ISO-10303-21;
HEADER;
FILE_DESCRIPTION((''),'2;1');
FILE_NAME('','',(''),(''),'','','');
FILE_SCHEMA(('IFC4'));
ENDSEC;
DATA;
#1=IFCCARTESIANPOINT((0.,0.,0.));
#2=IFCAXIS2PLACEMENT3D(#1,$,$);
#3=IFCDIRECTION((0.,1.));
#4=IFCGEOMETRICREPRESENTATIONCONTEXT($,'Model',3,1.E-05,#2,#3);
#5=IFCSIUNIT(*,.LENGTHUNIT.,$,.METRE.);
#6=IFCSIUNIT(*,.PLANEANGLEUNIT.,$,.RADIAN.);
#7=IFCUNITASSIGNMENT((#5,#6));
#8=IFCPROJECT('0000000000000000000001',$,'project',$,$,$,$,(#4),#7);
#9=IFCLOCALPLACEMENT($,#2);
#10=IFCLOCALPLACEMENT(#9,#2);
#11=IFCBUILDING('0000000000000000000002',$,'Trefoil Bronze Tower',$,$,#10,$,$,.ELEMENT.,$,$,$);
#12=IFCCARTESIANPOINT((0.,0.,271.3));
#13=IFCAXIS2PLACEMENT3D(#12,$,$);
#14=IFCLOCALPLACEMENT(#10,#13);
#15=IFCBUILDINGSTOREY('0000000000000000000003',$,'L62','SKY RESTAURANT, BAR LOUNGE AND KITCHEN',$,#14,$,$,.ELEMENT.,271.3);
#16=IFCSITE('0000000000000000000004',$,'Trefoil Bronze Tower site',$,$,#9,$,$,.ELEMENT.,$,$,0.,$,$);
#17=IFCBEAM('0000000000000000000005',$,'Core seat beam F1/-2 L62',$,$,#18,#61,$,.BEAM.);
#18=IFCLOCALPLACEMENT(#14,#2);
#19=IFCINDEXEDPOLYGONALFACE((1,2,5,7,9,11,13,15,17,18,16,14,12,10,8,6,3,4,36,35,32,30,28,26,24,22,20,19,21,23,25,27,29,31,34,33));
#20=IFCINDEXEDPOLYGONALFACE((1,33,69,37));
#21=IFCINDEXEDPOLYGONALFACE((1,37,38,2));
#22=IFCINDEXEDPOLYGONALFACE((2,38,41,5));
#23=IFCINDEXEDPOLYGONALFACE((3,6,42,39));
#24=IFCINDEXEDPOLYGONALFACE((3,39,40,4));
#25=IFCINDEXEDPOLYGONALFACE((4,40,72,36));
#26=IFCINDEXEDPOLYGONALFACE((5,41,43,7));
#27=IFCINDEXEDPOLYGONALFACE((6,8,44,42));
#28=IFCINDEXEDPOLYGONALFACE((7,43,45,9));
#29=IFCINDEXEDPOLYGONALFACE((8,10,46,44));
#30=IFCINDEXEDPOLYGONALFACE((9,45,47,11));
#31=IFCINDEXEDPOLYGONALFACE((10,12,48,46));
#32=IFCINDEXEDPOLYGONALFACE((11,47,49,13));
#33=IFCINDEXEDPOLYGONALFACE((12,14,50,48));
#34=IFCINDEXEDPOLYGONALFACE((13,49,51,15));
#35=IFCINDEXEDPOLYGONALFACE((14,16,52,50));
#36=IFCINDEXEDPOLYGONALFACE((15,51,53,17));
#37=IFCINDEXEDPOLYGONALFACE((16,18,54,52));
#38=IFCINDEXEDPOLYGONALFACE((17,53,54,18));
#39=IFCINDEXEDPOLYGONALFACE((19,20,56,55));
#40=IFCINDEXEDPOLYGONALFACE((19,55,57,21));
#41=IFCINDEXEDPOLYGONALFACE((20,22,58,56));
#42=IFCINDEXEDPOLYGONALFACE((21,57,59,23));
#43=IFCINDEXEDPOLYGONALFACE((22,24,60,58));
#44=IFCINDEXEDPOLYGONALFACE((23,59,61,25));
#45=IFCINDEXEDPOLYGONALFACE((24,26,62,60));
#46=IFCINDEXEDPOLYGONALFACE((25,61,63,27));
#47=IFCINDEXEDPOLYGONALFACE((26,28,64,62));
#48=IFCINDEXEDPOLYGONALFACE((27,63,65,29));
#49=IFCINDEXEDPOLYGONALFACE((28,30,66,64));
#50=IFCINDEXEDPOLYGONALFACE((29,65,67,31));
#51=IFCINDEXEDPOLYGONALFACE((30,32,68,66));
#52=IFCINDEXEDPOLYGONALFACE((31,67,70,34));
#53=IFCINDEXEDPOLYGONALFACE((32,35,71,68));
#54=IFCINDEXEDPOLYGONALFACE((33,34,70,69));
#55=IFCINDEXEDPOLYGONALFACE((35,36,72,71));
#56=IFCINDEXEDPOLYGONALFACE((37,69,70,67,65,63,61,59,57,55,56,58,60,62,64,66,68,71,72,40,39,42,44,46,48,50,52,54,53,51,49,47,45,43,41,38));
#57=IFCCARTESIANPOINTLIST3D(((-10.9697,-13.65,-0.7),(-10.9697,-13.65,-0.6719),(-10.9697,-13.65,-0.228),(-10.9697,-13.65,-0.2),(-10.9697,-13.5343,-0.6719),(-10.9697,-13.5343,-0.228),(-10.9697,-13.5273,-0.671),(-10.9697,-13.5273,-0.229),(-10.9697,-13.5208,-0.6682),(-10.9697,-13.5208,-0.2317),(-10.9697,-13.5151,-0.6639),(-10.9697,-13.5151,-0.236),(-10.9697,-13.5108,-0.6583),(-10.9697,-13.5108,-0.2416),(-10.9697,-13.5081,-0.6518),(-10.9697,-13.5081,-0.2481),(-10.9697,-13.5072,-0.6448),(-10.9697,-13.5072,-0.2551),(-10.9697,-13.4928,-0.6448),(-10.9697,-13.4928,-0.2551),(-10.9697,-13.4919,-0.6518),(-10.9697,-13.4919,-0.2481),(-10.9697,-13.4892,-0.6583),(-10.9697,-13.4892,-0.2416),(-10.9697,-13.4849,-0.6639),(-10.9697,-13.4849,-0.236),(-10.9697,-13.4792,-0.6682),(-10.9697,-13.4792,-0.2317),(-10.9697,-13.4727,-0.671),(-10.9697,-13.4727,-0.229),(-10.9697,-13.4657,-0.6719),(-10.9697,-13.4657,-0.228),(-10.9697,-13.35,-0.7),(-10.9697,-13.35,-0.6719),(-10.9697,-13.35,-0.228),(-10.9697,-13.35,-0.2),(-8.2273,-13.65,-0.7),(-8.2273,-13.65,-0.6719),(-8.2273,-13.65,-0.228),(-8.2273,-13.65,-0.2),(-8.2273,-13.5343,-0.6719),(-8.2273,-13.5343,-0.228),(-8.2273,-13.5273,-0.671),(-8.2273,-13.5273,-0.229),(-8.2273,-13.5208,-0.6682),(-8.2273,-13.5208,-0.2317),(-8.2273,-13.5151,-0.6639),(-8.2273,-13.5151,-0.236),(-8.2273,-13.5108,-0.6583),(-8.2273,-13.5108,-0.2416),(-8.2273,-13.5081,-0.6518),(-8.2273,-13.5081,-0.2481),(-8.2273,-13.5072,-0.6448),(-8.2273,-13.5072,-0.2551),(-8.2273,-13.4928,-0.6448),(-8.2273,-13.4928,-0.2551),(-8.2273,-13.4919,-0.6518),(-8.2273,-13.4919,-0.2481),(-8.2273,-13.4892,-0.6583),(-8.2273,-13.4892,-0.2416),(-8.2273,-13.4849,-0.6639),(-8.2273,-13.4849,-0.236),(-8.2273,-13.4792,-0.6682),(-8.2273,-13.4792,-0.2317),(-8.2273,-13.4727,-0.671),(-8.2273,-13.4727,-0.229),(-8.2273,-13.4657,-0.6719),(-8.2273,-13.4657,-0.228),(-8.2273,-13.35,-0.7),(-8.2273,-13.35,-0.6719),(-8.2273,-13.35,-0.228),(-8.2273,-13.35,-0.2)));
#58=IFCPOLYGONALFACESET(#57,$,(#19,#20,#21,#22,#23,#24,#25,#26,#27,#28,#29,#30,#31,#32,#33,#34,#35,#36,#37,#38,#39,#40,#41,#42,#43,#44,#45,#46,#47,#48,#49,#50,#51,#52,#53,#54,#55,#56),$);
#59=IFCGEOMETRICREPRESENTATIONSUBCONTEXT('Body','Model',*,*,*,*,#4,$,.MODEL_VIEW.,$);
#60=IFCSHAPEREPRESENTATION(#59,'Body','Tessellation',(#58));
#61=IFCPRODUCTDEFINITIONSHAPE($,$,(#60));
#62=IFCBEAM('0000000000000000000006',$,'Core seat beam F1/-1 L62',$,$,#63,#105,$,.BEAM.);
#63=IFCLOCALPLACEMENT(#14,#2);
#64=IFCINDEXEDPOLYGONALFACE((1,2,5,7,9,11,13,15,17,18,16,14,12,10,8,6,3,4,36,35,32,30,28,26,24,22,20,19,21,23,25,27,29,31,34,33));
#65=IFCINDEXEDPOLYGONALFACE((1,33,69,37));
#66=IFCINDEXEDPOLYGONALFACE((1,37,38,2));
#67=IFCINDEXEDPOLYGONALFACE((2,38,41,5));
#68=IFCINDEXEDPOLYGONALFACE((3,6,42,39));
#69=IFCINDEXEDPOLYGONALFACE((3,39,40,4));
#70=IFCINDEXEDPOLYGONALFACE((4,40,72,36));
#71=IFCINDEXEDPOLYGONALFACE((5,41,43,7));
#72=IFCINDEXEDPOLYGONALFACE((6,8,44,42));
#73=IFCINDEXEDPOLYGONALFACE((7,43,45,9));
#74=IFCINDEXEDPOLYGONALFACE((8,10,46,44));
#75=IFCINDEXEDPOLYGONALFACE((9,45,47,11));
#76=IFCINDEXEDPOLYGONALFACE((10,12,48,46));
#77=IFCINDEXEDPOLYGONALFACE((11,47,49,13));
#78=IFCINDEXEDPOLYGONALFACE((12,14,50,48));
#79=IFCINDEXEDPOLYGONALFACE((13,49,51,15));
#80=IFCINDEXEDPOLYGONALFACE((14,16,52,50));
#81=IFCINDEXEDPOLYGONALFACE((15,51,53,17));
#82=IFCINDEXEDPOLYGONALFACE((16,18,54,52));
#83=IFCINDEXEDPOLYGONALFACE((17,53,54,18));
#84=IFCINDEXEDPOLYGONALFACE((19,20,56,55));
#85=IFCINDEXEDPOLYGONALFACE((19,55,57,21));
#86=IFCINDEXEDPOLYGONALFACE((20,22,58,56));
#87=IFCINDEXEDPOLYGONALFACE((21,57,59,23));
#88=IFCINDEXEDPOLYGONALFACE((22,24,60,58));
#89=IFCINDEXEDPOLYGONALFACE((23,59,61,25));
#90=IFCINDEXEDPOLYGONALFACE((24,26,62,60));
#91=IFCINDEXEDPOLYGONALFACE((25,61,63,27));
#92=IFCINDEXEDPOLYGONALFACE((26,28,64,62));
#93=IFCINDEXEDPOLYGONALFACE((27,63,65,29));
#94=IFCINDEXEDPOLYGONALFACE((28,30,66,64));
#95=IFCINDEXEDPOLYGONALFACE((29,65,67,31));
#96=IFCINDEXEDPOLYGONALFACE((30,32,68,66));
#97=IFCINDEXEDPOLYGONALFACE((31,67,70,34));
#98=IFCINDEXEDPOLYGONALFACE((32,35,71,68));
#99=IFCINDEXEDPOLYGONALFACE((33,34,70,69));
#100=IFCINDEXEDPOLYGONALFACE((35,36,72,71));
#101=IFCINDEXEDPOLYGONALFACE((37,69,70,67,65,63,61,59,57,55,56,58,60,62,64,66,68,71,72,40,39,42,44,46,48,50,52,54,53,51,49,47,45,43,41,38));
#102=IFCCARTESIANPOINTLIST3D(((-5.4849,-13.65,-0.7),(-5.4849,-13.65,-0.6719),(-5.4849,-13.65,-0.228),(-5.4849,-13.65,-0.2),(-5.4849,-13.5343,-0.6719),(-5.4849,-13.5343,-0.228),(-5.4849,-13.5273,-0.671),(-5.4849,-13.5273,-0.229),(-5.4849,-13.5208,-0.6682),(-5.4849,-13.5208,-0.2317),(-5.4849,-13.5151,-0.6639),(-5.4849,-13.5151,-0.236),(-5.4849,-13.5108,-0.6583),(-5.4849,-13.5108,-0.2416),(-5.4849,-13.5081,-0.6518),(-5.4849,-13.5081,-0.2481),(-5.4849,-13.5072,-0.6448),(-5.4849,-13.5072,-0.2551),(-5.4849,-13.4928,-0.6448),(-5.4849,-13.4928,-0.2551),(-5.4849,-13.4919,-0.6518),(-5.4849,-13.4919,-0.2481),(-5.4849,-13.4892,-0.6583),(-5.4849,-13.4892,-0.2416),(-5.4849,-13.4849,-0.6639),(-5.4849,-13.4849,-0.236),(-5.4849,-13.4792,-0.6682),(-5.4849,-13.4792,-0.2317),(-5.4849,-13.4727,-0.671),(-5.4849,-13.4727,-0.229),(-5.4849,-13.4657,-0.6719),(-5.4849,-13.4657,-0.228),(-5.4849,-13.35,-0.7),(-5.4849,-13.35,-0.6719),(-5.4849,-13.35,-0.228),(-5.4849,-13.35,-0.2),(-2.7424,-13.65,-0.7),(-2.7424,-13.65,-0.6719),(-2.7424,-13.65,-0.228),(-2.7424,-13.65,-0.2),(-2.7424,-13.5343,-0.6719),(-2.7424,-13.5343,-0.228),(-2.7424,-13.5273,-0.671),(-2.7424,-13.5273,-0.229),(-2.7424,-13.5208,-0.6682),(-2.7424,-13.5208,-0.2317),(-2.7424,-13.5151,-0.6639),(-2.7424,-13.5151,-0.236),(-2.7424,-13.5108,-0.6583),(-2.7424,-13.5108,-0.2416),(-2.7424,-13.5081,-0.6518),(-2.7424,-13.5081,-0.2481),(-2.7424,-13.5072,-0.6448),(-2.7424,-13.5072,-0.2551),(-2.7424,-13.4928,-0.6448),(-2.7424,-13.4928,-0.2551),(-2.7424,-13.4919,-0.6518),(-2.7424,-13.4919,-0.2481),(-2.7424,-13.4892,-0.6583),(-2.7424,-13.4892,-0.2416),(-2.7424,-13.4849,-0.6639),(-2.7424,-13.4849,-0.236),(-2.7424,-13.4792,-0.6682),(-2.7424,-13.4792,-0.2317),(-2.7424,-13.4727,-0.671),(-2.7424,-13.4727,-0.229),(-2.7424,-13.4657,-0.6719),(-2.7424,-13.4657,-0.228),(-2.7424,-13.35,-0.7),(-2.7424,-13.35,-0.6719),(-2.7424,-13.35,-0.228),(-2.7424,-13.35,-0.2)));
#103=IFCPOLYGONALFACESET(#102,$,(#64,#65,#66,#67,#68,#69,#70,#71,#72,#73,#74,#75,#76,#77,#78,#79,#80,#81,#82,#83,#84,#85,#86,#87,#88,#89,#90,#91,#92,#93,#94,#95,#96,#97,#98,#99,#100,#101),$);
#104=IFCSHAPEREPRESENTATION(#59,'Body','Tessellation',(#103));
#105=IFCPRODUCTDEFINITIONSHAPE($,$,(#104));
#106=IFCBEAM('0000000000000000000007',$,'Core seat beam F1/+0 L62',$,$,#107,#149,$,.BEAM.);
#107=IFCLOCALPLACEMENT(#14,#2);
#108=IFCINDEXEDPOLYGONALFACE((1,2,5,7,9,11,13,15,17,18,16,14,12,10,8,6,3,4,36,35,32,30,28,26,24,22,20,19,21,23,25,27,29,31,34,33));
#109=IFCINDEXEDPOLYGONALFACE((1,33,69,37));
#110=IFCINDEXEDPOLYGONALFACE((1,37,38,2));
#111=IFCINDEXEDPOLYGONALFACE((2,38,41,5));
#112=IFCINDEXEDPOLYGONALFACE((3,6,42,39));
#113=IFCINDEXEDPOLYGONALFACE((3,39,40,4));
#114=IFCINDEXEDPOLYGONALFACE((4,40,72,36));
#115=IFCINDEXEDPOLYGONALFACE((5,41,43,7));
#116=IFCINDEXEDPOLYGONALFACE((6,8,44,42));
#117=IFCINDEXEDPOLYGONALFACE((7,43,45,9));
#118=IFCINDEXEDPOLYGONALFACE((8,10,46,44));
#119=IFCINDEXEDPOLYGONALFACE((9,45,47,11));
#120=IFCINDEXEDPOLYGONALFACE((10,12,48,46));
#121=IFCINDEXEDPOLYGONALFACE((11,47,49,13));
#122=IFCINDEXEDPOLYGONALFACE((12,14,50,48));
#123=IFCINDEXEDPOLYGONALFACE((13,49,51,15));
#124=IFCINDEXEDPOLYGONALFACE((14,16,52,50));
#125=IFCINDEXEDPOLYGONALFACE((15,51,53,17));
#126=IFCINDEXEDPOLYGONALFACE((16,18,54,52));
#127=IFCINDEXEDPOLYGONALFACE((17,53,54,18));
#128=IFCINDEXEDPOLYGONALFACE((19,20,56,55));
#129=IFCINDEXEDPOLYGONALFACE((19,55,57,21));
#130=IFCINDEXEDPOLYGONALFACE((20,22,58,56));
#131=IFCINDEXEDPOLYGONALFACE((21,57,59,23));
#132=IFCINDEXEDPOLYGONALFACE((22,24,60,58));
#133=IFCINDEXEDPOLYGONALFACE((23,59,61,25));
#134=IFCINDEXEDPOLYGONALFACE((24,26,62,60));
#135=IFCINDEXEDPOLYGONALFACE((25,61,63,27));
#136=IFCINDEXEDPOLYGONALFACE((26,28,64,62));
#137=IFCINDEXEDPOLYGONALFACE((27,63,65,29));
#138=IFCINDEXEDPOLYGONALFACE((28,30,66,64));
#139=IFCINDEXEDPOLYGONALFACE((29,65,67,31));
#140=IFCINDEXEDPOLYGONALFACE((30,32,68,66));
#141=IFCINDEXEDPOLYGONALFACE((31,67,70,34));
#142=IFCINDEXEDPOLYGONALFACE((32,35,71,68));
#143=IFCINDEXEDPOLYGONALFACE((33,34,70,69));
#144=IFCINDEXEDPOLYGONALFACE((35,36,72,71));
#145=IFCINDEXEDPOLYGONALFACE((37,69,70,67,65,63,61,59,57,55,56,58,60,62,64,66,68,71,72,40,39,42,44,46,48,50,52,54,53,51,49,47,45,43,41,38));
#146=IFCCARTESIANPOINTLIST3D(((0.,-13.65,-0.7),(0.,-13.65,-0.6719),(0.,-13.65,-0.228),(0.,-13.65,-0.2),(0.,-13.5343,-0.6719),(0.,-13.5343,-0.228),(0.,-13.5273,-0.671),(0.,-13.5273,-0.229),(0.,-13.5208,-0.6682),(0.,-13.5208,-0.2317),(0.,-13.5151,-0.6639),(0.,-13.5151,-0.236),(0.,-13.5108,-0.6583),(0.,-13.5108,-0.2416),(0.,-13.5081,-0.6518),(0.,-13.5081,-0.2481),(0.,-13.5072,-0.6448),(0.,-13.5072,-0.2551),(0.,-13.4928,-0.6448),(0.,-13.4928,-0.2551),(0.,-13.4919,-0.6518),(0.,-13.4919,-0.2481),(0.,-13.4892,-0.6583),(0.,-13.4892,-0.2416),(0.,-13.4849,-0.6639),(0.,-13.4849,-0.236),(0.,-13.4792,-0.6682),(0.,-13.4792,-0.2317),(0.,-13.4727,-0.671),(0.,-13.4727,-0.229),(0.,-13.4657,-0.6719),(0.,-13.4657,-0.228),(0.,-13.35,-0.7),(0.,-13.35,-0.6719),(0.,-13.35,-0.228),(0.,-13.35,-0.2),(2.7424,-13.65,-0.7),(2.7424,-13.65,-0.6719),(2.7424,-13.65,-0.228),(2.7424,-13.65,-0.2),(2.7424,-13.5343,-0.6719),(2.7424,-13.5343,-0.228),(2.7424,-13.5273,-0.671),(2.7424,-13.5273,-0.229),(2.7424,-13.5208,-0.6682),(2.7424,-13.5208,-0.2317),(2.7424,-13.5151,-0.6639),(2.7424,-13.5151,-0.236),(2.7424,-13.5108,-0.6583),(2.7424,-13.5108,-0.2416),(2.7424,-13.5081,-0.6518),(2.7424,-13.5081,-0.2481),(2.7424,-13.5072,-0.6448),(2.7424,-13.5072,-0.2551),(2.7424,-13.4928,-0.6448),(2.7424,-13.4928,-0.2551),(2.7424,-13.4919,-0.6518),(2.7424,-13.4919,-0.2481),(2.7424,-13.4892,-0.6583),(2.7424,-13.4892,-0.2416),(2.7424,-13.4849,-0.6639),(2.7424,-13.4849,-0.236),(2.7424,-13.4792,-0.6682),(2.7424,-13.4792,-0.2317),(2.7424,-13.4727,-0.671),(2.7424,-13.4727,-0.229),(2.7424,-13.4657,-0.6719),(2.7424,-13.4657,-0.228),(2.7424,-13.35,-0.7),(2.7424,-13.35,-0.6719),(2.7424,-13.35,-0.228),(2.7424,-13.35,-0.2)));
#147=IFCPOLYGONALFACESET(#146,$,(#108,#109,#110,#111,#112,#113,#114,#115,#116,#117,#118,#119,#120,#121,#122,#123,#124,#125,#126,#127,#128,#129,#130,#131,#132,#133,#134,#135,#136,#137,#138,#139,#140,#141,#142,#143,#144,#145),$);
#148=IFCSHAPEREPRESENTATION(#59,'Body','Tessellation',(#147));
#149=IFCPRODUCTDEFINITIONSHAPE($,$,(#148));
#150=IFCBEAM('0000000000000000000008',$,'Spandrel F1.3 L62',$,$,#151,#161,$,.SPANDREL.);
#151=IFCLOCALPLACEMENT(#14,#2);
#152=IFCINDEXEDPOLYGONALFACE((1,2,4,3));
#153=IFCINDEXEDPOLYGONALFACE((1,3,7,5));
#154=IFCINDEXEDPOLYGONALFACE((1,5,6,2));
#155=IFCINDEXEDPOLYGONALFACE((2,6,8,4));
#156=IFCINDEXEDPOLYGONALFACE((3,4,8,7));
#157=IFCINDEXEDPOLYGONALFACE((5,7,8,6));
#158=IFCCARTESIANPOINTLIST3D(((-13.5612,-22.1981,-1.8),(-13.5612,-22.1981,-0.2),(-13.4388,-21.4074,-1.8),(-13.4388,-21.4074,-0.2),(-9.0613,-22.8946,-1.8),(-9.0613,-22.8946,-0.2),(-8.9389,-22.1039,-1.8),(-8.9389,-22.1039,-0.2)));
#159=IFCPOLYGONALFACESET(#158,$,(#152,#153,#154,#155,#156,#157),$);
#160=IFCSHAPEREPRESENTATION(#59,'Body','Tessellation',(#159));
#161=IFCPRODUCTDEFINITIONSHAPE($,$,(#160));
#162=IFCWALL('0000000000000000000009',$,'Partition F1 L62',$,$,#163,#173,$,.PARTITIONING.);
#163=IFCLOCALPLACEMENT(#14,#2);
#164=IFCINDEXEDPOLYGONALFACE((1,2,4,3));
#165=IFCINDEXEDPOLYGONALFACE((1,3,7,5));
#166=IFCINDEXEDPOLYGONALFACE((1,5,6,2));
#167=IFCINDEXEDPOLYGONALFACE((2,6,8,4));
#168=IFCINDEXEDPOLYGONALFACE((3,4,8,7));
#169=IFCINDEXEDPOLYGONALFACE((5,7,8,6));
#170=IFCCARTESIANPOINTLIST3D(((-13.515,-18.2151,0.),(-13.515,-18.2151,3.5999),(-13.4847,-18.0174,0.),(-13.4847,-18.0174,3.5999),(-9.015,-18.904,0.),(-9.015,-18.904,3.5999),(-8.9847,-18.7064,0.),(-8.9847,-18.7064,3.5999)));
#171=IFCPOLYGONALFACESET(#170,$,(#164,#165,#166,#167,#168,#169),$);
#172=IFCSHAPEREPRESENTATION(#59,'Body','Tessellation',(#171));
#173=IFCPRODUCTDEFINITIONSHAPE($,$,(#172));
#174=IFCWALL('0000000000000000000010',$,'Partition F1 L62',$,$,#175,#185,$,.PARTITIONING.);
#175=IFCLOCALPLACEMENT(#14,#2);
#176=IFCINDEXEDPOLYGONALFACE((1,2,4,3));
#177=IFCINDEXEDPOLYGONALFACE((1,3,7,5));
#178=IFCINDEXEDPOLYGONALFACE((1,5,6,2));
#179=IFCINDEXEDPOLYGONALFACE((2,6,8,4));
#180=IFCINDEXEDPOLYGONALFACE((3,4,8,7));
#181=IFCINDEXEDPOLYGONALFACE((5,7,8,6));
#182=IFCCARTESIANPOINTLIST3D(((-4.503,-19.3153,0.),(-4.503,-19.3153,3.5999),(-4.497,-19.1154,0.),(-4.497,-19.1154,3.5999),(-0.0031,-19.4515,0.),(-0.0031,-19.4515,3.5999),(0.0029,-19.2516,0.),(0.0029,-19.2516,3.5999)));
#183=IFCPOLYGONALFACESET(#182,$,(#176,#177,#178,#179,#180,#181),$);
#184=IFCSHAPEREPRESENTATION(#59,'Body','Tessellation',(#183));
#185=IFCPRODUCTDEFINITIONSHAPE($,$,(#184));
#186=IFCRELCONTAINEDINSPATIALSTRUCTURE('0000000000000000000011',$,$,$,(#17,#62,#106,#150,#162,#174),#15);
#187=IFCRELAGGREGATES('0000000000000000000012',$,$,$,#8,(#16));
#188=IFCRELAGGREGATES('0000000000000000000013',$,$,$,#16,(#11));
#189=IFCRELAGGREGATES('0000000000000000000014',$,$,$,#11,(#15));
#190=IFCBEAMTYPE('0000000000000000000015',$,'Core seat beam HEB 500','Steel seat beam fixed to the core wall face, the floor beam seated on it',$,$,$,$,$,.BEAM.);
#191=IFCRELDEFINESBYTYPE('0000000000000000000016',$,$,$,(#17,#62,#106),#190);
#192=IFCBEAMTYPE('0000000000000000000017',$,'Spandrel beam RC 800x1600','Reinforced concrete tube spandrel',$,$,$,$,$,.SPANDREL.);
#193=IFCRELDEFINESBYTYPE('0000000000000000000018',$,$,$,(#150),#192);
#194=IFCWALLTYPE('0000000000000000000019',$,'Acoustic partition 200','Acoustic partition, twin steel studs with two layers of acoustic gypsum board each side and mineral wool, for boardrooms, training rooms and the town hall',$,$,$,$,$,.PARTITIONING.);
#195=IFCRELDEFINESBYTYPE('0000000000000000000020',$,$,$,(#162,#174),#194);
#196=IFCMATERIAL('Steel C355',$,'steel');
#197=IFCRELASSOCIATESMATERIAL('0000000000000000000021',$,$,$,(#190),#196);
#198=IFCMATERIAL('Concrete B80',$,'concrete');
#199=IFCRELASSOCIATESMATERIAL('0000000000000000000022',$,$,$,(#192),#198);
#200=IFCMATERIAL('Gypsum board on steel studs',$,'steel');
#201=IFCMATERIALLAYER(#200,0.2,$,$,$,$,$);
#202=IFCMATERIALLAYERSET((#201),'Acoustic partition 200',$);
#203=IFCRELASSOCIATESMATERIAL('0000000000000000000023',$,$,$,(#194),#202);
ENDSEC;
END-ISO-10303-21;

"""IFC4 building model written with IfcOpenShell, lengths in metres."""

from ifc_helpers import new_model, si_unit, direction, frame, frame_2d, origin, origin_2d, place, context, subcontext, project, spatial, rectangle, i_section, extrude, material, layer, layer_set, material_profile, profile_set, type_object, element, save


model = new_model("IFC4")

# Units and contexts
model_context = context("Model", 3, precision=1e-05, world=origin(), true_north=direction((0.0, 1.0)))
body_context = subcontext(model_context, "Body", "Model", "MODEL_VIEW")
ifc_project = project(units=[si_unit("LENGTHUNIT", "METRE"), si_unit("PLANEANGLEUNIT", "RADIAN")], contexts=[model_context])

# Site, building, storey
site_placement = place(None, origin())
site = spatial("IfcSite", under=ifc_project, at=site_placement, Name="Trefoil Bronze Tower site", CompositionType="ELEMENT", RefElevation=0.0)
building_placement = place(site_placement, origin())
building = spatial("IfcBuilding", under=site, at=building_placement, Name="Trefoil Bronze Tower", CompositionType="ELEMENT")
storey_placement = place(building_placement, frame((0.0, 0.0, 271.3)))
storey = spatial("IfcBuildingStorey", under=building, at=storey_placement, Name="L62", Description="SKY RESTAURANT, BAR LOUNGE AND KITCHEN", CompositionType="ELEMENT", Elevation=271.3)

# Beams
ifc_material_1 = material(Name="Steel C355", Category="steel")
ifc_material_profile_1 = material_profile(ifc_material_1, i_section(OverallWidth=0.3, OverallDepth=0.5, WebThickness=0.0144, FlangeThickness=0.0281, FilletRadius=0.0271, at=origin_2d()), Name="HEB 500")
ifc_profile_set_1 = profile_set([ifc_material_profile_1], Name="Steel C355")
beam_type_1 = type_object("IfcBeamType", Name="Core seat beam HEB 500", Description="Steel seat beam fixed to the core wall face, the floor beam seated on it", PredefinedType="BEAM", material=ifc_profile_set_1)
for number, where, z_axis, x_axis, name in (
    (1, (-10.9697, -13.5, -0.45), (1.0, 0.0, 0.0), (0.0, 1.0, 0.0), "Core seat beam F1/-2 L62"),
    (2, (-5.4849, -13.5, -0.45), (1.0, 0.0, 0.0), (0.0, 1.0, 0.0), "Core seat beam F1/-1 L62"),
    (3, (0.0, -13.5, -0.45), (1.0, 0.0, 0.0), (0.0, 1.0, 0.0), "Core seat beam F1/+0 L62"),
):
    element("IfcBeam", number, at=place(storey_placement, frame(where, z_axis=z_axis, x_axis=x_axis)), inside=storey, type_object=beam_type_1, Name=name, PredefinedType="BEAM", context=body_context, shape_type="SweptSolid", body=[
        extrude(i_section(OverallWidth=0.3, OverallDepth=0.5, WebThickness=0.0144, FlangeThickness=0.0281, FilletRadius=0.0271, at=origin_2d()), origin(), (0.0, 0.0, 1.0), 2.7424),
    ])
ifc_material_2 = material(Name="Concrete B80", Category="concrete")
ifc_material_profile_2 = material_profile(ifc_material_2, rectangle(XDim=0.8, YDim=1.6001, at=origin_2d()), Name="RC 800x1600")
ifc_profile_set_2 = profile_set([ifc_material_profile_2], Name="Concrete B80")
beam_type_2 = type_object("IfcBeamType", Name="Spandrel beam RC 800x1600", Description="Reinforced concrete tube spandrel", PredefinedType="SPANDREL", material=ifc_profile_set_2)
beam_placement = place(storey_placement, frame((-13.5, -21.8027, -1.0), z_axis=(0.988232, -0.152964, 0.0), x_axis=(0.152964, 0.988232, 0.0)))
element("IfcBeam", 4, at=beam_placement, inside=storey, type_object=beam_type_2, Name="Spandrel F1.3 L62", PredefinedType="SPANDREL", context=body_context, shape_type="SweptSolid", body=[
    extrude(rectangle(XDim=0.8, YDim=1.6001, at=origin_2d()), origin(), (0.0, 0.0, 1.0), 4.5535),
])

# Walls
ifc_material_3 = material(Name="Gypsum board on steel studs", Category="steel")
ifc_layer_1 = layer(ifc_material_3, 0.2)
ifc_layer_set_1 = layer_set([ifc_layer_1], Name="Acoustic partition 200")
wall_type_1 = type_object("IfcWallType", Name="Acoustic partition 200", Description="Acoustic partition, twin steel studs with two layers of acoustic gypsum board each side and mineral wool, for boardrooms, training rooms and the town hall", PredefinedType="PARTITIONING", material=ifc_layer_set_1)
wall_1_placement = place(storey_placement, frame((-13.5, -18.1162, 0.0), z_axis=(0.0, 0.0, 1.0), x_axis=(0.988482, -0.15134, 0.0)))
element("IfcWall", 5, at=wall_1_placement, inside=storey, type_object=wall_type_1, Name="Partition F1 L62", PredefinedType="PARTITIONING", context=body_context, shape_type="SweptSolid", body=[
    extrude(rectangle(XDim=4.5525, YDim=0.2, at=frame_2d((2.2764, 0.0))), origin(), (0.0, 0.0, 1.0), 3.5999),
])
wall_2_placement = place(storey_placement, frame((-4.5, -19.2153, 0.0), z_axis=(0.0, 0.0, 1.0), x_axis=(0.999542, -0.03026, 0.0)))
element("IfcWall", 6, at=wall_2_placement, inside=storey, type_object=wall_type_1, Name="Partition F1 L62", PredefinedType="PARTITIONING", context=body_context, shape_type="SweptSolid", body=[
    extrude(rectangle(XDim=4.502, YDim=0.2, at=frame_2d((2.251, 0.0))), origin(), (0.0, 0.0, 1.0), 3.5999),
])

save(model, "model.ifc")
